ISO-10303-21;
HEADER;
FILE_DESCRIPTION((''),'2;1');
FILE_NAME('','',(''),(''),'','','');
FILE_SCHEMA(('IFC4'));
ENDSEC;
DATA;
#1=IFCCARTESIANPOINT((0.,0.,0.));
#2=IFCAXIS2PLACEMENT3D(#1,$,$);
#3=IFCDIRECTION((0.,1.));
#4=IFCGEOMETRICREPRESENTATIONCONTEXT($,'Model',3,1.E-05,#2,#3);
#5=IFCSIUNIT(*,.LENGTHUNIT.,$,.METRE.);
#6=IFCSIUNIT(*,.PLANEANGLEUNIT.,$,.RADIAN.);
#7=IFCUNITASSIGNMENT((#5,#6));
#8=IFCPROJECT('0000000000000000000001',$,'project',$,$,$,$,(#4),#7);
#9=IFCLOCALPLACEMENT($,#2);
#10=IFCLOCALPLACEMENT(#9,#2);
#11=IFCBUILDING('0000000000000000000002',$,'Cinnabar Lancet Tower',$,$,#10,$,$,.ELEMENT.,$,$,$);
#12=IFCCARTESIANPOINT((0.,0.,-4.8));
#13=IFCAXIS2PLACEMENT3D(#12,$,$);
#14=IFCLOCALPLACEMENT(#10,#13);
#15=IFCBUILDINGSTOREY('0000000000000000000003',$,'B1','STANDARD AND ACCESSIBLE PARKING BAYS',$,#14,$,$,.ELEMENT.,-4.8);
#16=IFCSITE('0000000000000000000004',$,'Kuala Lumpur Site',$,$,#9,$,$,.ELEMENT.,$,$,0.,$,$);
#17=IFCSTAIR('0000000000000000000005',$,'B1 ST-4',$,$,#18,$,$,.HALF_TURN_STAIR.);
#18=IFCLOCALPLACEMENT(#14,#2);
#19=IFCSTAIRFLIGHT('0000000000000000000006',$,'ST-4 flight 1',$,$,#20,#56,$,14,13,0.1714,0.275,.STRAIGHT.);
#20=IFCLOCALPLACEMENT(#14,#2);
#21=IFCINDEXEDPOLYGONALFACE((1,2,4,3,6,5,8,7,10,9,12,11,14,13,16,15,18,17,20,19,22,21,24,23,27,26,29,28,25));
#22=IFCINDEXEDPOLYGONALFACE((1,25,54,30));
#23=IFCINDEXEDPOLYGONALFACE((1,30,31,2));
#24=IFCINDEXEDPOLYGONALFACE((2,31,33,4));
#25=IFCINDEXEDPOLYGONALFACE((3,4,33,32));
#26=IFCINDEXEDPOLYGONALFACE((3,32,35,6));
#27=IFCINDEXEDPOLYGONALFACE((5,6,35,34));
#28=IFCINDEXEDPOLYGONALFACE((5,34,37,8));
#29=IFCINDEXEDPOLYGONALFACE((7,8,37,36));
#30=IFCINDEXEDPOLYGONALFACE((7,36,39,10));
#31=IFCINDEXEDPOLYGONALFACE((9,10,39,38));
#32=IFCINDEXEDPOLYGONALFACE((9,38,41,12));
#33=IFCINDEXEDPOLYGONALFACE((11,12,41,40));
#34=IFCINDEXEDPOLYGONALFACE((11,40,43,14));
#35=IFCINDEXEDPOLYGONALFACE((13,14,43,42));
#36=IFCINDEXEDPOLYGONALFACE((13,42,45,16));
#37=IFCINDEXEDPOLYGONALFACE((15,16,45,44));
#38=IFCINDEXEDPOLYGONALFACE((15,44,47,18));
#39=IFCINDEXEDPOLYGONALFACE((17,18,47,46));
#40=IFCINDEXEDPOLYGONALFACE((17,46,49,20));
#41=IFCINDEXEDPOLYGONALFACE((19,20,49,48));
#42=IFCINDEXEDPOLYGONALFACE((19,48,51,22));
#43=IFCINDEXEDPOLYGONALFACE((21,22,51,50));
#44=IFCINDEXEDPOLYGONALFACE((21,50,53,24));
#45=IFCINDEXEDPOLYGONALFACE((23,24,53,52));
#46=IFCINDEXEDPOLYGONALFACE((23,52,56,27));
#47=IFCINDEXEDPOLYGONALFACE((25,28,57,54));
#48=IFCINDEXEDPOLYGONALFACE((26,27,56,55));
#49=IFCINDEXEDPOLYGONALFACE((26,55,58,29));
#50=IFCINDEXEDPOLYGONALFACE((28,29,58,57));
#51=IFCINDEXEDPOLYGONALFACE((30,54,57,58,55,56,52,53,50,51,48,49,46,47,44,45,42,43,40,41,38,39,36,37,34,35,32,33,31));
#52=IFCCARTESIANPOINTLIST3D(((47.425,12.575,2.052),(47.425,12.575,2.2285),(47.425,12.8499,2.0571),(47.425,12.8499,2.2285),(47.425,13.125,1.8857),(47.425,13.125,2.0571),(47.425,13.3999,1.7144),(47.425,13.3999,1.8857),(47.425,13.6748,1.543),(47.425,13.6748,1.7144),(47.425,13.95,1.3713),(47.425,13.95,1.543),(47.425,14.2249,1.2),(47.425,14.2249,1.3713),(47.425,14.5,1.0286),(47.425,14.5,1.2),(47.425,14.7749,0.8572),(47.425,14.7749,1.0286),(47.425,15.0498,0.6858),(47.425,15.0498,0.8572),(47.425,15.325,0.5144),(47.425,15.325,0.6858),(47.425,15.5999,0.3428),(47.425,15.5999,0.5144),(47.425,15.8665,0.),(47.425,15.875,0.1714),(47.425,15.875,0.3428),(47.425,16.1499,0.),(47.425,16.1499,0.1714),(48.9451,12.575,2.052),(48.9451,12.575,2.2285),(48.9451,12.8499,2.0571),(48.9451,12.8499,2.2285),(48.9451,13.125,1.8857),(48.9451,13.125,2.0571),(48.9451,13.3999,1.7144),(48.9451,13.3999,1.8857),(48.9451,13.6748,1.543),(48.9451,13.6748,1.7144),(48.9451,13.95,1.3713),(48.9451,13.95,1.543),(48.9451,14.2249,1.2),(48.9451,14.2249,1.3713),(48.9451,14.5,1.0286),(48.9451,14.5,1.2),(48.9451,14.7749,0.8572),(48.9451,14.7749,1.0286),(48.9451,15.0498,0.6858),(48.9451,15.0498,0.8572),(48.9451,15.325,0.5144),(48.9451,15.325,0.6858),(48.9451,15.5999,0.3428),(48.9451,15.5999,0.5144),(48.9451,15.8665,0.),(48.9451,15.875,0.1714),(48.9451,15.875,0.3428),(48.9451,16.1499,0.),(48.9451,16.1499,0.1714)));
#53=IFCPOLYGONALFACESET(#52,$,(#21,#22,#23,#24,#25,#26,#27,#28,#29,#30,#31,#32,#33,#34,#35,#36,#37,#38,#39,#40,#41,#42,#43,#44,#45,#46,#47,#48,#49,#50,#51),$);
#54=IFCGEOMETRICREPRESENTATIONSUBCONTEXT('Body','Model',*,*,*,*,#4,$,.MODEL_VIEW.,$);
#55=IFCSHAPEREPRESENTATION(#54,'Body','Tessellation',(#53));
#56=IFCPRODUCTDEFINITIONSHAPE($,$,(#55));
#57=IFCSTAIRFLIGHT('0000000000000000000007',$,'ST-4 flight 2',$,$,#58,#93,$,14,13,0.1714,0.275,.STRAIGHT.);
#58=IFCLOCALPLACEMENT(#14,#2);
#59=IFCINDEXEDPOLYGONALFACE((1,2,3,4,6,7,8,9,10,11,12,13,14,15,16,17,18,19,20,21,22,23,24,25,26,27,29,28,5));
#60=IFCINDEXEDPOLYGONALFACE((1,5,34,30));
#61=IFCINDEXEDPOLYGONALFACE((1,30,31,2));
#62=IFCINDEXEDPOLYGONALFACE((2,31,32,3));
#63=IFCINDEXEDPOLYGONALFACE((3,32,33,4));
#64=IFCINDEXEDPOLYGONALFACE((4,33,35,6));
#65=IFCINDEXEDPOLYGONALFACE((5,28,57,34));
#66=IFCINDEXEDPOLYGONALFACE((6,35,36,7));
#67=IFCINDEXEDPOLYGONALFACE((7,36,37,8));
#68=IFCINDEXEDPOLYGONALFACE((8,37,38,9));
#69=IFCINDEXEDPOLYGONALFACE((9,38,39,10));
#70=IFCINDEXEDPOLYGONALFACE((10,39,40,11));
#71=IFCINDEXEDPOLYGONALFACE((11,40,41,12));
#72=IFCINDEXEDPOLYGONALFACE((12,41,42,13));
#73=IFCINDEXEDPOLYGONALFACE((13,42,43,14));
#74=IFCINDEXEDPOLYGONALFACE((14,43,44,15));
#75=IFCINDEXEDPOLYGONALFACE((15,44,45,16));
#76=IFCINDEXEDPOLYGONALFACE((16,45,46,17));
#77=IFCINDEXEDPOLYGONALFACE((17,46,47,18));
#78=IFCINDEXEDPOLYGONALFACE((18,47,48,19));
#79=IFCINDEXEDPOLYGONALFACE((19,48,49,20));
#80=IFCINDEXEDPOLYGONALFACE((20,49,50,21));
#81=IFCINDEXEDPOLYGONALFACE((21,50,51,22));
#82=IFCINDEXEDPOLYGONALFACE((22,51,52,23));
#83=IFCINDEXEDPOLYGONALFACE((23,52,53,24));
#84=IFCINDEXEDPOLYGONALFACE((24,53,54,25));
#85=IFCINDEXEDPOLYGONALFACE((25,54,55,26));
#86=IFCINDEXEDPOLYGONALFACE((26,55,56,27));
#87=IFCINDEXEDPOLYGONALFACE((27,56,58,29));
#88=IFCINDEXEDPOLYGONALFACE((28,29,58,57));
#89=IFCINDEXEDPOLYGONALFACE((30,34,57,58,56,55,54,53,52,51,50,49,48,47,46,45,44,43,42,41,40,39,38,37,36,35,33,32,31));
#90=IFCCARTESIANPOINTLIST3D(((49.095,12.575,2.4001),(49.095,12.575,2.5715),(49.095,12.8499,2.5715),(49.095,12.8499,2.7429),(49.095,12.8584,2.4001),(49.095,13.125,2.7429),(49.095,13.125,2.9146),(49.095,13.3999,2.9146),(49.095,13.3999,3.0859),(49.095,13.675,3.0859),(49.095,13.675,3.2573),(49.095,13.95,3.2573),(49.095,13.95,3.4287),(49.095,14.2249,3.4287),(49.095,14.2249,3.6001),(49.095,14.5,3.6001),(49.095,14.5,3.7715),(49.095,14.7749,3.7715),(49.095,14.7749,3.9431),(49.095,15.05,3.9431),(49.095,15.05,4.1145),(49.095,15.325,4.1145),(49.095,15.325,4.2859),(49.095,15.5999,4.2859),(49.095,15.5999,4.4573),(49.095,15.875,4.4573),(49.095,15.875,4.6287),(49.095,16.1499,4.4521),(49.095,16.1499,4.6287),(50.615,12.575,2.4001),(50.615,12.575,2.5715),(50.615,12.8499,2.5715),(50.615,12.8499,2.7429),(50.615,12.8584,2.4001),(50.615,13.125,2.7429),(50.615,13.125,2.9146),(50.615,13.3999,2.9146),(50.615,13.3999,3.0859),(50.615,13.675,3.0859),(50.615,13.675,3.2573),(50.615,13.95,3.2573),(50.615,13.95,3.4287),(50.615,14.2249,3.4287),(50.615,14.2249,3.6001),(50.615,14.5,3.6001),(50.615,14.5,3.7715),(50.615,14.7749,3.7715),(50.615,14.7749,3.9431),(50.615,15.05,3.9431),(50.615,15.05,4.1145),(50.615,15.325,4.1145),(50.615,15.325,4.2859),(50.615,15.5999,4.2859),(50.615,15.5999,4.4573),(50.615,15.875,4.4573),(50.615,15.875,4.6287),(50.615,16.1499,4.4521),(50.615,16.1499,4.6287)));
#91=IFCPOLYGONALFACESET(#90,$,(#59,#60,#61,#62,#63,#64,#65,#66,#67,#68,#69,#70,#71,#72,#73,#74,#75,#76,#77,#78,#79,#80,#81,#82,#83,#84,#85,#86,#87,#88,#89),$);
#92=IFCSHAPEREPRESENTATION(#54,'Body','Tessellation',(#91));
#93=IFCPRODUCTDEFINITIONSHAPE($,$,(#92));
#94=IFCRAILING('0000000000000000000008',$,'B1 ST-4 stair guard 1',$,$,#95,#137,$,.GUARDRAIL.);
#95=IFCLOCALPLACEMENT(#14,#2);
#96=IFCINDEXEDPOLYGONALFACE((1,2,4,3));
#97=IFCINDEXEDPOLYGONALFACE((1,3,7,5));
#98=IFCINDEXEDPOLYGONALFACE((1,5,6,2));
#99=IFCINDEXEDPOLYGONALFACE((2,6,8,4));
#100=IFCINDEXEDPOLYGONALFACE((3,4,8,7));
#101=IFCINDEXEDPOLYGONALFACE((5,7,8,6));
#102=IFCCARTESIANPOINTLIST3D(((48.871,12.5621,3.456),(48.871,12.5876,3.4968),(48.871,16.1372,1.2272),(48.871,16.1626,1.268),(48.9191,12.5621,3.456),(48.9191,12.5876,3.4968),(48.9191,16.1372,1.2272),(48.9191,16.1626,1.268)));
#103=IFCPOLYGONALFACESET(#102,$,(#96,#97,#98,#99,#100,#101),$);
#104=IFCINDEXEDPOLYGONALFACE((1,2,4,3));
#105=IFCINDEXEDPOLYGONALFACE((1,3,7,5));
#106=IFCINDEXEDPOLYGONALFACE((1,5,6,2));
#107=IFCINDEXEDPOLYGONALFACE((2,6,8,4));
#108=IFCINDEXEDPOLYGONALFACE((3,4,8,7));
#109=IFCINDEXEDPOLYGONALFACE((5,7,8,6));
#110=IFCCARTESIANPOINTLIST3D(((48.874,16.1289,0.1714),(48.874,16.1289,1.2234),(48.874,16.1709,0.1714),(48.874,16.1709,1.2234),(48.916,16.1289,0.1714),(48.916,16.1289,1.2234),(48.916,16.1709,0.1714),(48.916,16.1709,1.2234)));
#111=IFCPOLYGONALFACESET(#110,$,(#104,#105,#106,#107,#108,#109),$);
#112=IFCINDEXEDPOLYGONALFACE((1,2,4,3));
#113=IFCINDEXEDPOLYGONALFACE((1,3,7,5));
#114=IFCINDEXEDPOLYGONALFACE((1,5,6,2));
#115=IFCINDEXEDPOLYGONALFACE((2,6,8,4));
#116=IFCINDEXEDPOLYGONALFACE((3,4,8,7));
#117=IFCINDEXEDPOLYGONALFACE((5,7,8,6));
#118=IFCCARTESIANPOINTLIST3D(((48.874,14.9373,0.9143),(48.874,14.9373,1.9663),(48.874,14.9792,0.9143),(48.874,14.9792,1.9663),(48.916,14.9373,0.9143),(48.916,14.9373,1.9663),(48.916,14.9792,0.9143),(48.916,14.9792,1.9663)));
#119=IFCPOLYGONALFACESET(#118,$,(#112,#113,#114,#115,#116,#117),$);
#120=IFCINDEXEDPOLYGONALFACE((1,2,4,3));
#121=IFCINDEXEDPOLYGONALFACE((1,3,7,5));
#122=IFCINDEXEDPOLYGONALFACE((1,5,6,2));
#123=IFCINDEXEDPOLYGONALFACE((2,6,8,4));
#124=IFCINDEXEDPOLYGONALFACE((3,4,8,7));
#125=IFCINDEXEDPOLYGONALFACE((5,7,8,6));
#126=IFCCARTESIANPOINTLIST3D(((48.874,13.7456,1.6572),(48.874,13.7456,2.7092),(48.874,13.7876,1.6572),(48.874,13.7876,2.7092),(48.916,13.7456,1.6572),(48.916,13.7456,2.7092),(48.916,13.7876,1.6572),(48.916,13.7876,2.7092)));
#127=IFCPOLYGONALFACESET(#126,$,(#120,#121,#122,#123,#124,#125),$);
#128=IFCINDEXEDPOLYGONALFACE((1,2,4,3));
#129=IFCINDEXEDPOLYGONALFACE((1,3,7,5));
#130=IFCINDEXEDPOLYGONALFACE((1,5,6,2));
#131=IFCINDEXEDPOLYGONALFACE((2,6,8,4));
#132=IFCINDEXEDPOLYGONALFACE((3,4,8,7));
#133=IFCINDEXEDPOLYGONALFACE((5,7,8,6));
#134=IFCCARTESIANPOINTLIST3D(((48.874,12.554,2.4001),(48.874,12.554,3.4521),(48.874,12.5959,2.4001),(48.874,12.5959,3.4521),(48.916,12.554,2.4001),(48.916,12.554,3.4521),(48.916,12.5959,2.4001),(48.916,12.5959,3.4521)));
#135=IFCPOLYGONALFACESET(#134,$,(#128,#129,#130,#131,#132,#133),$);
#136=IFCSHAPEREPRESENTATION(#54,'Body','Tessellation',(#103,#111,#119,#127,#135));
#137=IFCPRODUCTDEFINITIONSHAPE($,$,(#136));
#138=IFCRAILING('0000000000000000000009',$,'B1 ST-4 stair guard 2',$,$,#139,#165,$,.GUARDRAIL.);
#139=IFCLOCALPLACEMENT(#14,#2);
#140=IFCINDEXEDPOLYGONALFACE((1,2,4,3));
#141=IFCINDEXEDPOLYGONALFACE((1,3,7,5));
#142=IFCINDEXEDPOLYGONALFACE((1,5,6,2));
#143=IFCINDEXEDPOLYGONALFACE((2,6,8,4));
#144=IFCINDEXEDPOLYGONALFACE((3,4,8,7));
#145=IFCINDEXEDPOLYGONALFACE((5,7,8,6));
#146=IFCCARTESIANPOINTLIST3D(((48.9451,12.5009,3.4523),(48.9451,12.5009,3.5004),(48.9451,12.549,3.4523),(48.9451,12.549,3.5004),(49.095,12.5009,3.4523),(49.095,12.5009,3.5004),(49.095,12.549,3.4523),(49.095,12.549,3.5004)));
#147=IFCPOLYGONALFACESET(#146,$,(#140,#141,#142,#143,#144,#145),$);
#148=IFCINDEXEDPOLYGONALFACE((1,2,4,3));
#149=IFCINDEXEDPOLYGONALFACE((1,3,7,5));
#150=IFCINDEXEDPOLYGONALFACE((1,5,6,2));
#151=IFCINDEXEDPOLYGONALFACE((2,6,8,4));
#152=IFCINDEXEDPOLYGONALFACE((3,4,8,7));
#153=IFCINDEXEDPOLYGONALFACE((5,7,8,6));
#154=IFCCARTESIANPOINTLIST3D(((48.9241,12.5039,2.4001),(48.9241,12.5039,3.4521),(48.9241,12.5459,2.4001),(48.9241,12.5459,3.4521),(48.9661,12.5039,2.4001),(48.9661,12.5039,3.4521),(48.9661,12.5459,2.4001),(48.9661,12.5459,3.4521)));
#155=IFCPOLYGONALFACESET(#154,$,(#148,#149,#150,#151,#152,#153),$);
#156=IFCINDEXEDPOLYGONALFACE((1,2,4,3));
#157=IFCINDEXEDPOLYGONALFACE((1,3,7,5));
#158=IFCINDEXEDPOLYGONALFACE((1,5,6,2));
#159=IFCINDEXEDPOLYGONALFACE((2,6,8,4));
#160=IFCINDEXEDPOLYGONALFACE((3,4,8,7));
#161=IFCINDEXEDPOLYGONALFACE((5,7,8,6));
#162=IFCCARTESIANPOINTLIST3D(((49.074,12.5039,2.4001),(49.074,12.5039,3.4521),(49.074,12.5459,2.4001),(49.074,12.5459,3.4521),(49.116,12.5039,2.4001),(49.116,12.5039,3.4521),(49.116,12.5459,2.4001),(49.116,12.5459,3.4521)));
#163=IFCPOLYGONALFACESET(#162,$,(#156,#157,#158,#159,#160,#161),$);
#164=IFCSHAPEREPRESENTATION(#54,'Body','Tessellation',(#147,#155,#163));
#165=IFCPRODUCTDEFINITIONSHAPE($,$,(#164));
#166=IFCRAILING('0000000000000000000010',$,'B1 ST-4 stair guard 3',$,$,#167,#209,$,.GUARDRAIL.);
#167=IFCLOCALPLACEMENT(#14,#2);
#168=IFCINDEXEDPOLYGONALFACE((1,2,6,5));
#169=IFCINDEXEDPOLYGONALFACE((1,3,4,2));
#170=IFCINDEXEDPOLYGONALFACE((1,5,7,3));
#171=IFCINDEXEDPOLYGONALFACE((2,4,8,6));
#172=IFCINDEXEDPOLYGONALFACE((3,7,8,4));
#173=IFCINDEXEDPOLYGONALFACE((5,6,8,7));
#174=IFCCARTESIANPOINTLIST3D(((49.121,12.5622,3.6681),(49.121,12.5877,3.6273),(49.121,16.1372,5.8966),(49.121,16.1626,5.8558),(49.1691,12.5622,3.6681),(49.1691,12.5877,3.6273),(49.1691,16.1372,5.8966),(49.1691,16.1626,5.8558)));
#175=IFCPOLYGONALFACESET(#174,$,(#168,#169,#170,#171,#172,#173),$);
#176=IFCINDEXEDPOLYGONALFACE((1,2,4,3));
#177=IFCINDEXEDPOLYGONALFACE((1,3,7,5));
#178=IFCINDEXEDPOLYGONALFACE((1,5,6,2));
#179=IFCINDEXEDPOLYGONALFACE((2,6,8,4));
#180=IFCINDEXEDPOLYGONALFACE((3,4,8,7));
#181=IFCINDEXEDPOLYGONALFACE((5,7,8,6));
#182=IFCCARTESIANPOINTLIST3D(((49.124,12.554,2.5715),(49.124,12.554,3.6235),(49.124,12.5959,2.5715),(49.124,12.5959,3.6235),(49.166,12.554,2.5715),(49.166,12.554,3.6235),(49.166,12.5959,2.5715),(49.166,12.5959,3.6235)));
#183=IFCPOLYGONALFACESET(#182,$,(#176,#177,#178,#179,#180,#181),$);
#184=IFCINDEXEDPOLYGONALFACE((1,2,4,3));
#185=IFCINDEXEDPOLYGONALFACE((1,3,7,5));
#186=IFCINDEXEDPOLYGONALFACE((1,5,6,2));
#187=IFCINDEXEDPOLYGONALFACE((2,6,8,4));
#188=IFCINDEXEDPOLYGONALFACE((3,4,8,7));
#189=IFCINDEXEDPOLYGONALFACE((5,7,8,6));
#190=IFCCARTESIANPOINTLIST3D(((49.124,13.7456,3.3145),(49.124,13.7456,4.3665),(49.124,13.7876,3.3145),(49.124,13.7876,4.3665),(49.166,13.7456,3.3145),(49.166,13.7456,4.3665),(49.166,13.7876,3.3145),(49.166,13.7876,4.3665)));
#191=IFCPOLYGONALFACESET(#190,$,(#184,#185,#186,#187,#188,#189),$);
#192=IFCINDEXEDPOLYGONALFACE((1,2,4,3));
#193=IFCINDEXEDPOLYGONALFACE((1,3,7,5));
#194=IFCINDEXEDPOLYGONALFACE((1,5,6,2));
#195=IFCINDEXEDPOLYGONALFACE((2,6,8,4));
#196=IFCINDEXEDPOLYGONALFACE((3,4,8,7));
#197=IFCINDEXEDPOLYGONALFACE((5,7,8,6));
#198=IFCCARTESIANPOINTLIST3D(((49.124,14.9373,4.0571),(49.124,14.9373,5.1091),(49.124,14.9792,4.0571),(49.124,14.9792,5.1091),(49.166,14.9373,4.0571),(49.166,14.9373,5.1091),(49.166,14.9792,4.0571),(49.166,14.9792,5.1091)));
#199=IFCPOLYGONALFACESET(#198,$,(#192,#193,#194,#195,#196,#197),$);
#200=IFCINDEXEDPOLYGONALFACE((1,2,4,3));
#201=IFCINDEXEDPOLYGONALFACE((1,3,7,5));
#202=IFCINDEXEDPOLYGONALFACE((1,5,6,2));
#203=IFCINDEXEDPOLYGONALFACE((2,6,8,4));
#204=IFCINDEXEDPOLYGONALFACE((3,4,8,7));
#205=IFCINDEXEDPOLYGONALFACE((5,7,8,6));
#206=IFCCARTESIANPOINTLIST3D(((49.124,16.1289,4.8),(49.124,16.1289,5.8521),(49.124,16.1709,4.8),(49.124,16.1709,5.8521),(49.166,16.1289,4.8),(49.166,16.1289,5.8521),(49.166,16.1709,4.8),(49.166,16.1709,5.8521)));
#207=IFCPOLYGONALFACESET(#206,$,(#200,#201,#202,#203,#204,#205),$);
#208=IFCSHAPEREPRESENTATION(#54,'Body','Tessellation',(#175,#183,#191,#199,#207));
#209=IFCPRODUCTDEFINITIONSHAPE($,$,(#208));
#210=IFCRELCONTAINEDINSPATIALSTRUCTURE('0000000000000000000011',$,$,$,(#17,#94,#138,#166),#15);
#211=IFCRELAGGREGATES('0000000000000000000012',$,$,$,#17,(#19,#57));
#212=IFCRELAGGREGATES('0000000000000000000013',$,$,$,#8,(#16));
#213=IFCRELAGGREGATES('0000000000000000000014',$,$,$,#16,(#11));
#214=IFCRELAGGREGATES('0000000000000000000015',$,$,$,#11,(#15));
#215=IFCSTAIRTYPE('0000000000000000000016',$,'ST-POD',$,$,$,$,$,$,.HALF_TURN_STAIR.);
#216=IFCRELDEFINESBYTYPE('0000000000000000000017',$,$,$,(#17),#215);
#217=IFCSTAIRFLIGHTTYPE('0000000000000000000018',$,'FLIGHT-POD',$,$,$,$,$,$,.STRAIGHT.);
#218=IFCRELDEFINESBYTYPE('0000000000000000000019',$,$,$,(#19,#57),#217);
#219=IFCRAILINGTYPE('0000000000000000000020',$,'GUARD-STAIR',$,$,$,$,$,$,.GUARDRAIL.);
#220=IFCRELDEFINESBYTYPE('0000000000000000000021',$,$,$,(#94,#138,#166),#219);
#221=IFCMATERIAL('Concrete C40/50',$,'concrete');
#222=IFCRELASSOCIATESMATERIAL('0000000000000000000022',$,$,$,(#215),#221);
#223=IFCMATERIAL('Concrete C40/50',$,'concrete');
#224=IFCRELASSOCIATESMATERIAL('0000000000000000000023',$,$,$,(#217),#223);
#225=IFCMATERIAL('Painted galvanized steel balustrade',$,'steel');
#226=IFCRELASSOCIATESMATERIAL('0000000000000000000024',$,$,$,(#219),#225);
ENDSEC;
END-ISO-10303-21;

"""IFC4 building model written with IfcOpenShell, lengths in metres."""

from ifc_helpers import new_model, si_unit, direction, frame, origin, origin_2d, place, context, subcontext, project, spatial, polyline, rectangle, outline, extrude, material, type_object, element, aggregate, save


model = new_model("IFC4")

# Units and contexts
model_context = context("Model", 3, precision=1e-05, world=origin(), true_north=direction((0.0, 1.0)))
body_context = subcontext(model_context, "Body", "Model", "MODEL_VIEW")
ifc_project = project(units=[si_unit("LENGTHUNIT", "METRE"), si_unit("PLANEANGLEUNIT", "RADIAN")], contexts=[model_context])

# Site, building, storey
site_placement = place(None, origin())
site = spatial("IfcSite", under=ifc_project, at=site_placement, Name="Kuala Lumpur Site", CompositionType="ELEMENT", RefElevation=0.0)
building_placement = place(site_placement, origin())
building = spatial("IfcBuilding", under=site, at=building_placement, Name="Cinnabar Lancet Tower", CompositionType="ELEMENT")
storey_placement = place(building_placement, frame((0.0, 0.0, -4.8)))
storey = spatial("IfcBuildingStorey", under=building, at=storey_placement, Name="B1", Description="STANDARD AND ACCESSIBLE PARKING BAYS", CompositionType="ELEMENT", Elevation=-4.8)

# Stair, stair flights
ifc_material_1 = material(Name="Concrete C40/50", Category="concrete")
stair_type = type_object("IfcStairType", Name="ST-POD", PredefinedType="HALF_TURN_STAIR", material=ifc_material_1)
stair_placement = place(storey_placement, origin())
stair = element("IfcStair", 1, at=stair_placement, inside=storey, type_object=stair_type, Name="B1 ST-4", PredefinedType="HALF_TURN_STAIR")
ifc_material_2 = material(Name="Concrete C40/50", Category="concrete")
stair_flight_type = type_object("IfcStairFlightType", Name="FLIGHT-POD", PredefinedType="STRAIGHT", material=ifc_material_2)
stair_flight_1_placement = place(storey_placement, frame((48.1851, 16.1499, 0.0), z_axis=(0.0, 0.0, 1.0), x_axis=(0.0, -1.0, 0.0)))
stair_flight_1 = element("IfcStairFlight", 2, at=stair_flight_1_placement, type_object=stair_flight_type, Name="ST-4 flight 1", NumberOfRisers=14, NumberOfTreads=13, PredefinedType="STRAIGHT", RiserHeight=0.1714, TreadLength=0.275, context=body_context, shape_type="SweptSolid", body=[
    extrude(outline(polyline([(0.0, 0.0), (0.0, 0.1714), (0.2749, 0.1714), (0.2749, 0.3428), (0.55, 0.3428), (0.55, 0.5144), (0.825, 0.5144), (0.825, 0.6858), (1.1001, 0.6858), (1.1001, 0.8572), (1.375, 0.8572), (1.375, 1.0286), (1.6499, 1.0286), (1.6499, 1.2), (1.925, 1.2), (1.925, 1.3713), (2.2, 1.3713), (2.2, 1.543), (2.4751, 1.543), (2.4751, 1.7144), (2.75, 1.7144), (2.75, 1.8857), (3.0249, 1.8857), (3.0249, 2.0571), (3.3, 2.0571), (3.3, 2.2285), (3.575, 2.2285), (3.575, 2.3999), (3.575, 2.052), (0.2834, 0.0), (0.0, 0.0)])), frame((0.0, 0.76, 0.0), z_axis=(0.0, -1.0, 0.0), x_axis=(1.0, 0.0, 0.0)), (0.0, 0.0, 1.0), 1.52),
])
stair_flight_2_placement = place(storey_placement, frame((49.855, 12.575, 2.4001), z_axis=(0.0, 0.0, 1.0), x_axis=(0.0, 1.0, 0.0)))
stair_flight_2 = element("IfcStairFlight", 3, at=stair_flight_2_placement, type_object=stair_flight_type, Name="ST-4 flight 2", NumberOfRisers=14, NumberOfTreads=13, PredefinedType="STRAIGHT", RiserHeight=0.1714, TreadLength=0.275, context=body_context, shape_type="SweptSolid", body=[
    extrude(outline(polyline([(0.0, 0.0), (0.0, 0.1714), (0.2749, 0.1714), (0.2749, 0.3428), (0.55, 0.3428), (0.55, 0.5144), (0.825, 0.5144), (0.825, 0.6858), (1.1001, 0.6858), (1.1001, 0.8572), (1.375, 0.8572), (1.375, 1.0286), (1.6499, 1.0286), (1.6499, 1.2), (1.925, 1.2), (1.925, 1.3713), (2.2, 1.3713), (2.2, 1.543), (2.4751, 1.543), (2.4751, 1.7144), (2.75, 1.7144), (2.75, 1.8857), (3.0249, 1.8857), (3.0249, 2.0571), (3.3, 2.0571), (3.3, 2.2285), (3.575, 2.2285), (3.575, 2.3999), (3.575, 2.052), (0.2834, 0.0), (0.0, 0.0)])), frame((0.0, 0.76, 0.0), z_axis=(0.0, -1.0, 0.0), x_axis=(1.0, 0.0, 0.0)), (0.0, 0.0, 1.0), 1.52),
])
aggregate(stair, [stair_flight_1, stair_flight_2])

# Railings
ifc_material_3 = material(Name="Painted galvanized steel balustrade", Category="steel")
railing_type_1 = type_object("IfcRailingType", Name="GUARD-STAIR", PredefinedType="GUARDRAIL", material=ifc_material_3)
railing_1_placement = place(storey_placement, frame((48.895, 16.1499, 0.1714)))
element("IfcRailing", 4, at=railing_1_placement, inside=storey, type_object=railing_type_1, Name="B1 ST-4 stair guard 1", PredefinedType="GUARDRAIL", context=body_context, shape_type="SweptSolid", body=[
    extrude(rectangle(XDim=0.0481, YDim=0.0481, at=origin_2d()), frame((0.0, 0.0, 1.0762), z_axis=(0.0, -0.848594, 0.529045), x_axis=(1.0, 0.0, 0.0)), (0.0, 0.0, 1.0), 4.2129),
    extrude(rectangle(XDim=0.042, YDim=0.042, at=origin_2d()), origin(), (0.0, 0.0, 1.0), 1.052),
    extrude(rectangle(XDim=0.042, YDim=0.042, at=origin_2d()), frame((0.0, -1.1917, 0.7429)), (0.0, 0.0, 1.0), 1.052),
    extrude(rectangle(XDim=0.042, YDim=0.042, at=origin_2d()), frame((0.0, -2.3833, 1.4858)), (0.0, 0.0, 1.0), 1.052),
    extrude(rectangle(XDim=0.042, YDim=0.042, at=origin_2d()), frame((0.0, -3.575, 2.2288)), (0.0, 0.0, 1.0), 1.052),
])
railing_2_placement = place(storey_placement, frame((48.9451, 12.5249, 2.4001)))
element("IfcRailing", 5, at=railing_2_placement, inside=storey, type_object=railing_type_1, Name="B1 ST-4 stair guard 2", PredefinedType="GUARDRAIL", context=body_context, shape_type="SweptSolid", body=[
    extrude(rectangle(XDim=0.0481, YDim=0.0481, at=origin_2d()), frame((0.0, 0.0, 1.0762), z_axis=(1.0, 0.0, 0.0), x_axis=(0.0, 1.0, 0.0)), (0.0, 0.0, 1.0), 0.1499),
    extrude(rectangle(XDim=0.042, YDim=0.042, at=origin_2d()), origin(), (0.0, 0.0, 1.0), 1.052),
    extrude(rectangle(XDim=0.042, YDim=0.042, at=origin_2d()), frame((0.1499, 0.0, 0.0)), (0.0, 0.0, 1.0), 1.052),
])
railing_3_placement = place(storey_placement, frame((49.145, 12.575, 2.5715)))
element("IfcRailing", 6, at=railing_3_placement, inside=storey, type_object=railing_type_1, Name="B1 ST-4 stair guard 3", PredefinedType="GUARDRAIL", context=body_context, shape_type="SweptSolid", body=[
    extrude(rectangle(XDim=0.0481, YDim=0.0481, at=origin_2d()), frame((0.0, 0.0, 1.0762), z_axis=(0.0, 0.84862, 0.529004), x_axis=(-1.0, 0.0, 0.0)), (0.0, 0.0, 1.0), 4.2126),
    extrude(rectangle(XDim=0.042, YDim=0.042, at=origin_2d()), origin(), (0.0, 0.0, 1.0), 1.052),
    extrude(rectangle(XDim=0.042, YDim=0.042, at=origin_2d()), frame((0.0, 1.1917, 0.7429)), (0.0, 0.0, 1.0), 1.052),
    extrude(rectangle(XDim=0.042, YDim=0.042, at=origin_2d()), frame((0.0, 2.3833, 1.4856)), (0.0, 0.0, 1.0), 1.052),
    extrude(rectangle(XDim=0.042, YDim=0.042, at=origin_2d()), frame((0.0, 3.575, 2.2285)), (0.0, 0.0, 1.0), 1.052),
])

save(model, "model.ifc")
